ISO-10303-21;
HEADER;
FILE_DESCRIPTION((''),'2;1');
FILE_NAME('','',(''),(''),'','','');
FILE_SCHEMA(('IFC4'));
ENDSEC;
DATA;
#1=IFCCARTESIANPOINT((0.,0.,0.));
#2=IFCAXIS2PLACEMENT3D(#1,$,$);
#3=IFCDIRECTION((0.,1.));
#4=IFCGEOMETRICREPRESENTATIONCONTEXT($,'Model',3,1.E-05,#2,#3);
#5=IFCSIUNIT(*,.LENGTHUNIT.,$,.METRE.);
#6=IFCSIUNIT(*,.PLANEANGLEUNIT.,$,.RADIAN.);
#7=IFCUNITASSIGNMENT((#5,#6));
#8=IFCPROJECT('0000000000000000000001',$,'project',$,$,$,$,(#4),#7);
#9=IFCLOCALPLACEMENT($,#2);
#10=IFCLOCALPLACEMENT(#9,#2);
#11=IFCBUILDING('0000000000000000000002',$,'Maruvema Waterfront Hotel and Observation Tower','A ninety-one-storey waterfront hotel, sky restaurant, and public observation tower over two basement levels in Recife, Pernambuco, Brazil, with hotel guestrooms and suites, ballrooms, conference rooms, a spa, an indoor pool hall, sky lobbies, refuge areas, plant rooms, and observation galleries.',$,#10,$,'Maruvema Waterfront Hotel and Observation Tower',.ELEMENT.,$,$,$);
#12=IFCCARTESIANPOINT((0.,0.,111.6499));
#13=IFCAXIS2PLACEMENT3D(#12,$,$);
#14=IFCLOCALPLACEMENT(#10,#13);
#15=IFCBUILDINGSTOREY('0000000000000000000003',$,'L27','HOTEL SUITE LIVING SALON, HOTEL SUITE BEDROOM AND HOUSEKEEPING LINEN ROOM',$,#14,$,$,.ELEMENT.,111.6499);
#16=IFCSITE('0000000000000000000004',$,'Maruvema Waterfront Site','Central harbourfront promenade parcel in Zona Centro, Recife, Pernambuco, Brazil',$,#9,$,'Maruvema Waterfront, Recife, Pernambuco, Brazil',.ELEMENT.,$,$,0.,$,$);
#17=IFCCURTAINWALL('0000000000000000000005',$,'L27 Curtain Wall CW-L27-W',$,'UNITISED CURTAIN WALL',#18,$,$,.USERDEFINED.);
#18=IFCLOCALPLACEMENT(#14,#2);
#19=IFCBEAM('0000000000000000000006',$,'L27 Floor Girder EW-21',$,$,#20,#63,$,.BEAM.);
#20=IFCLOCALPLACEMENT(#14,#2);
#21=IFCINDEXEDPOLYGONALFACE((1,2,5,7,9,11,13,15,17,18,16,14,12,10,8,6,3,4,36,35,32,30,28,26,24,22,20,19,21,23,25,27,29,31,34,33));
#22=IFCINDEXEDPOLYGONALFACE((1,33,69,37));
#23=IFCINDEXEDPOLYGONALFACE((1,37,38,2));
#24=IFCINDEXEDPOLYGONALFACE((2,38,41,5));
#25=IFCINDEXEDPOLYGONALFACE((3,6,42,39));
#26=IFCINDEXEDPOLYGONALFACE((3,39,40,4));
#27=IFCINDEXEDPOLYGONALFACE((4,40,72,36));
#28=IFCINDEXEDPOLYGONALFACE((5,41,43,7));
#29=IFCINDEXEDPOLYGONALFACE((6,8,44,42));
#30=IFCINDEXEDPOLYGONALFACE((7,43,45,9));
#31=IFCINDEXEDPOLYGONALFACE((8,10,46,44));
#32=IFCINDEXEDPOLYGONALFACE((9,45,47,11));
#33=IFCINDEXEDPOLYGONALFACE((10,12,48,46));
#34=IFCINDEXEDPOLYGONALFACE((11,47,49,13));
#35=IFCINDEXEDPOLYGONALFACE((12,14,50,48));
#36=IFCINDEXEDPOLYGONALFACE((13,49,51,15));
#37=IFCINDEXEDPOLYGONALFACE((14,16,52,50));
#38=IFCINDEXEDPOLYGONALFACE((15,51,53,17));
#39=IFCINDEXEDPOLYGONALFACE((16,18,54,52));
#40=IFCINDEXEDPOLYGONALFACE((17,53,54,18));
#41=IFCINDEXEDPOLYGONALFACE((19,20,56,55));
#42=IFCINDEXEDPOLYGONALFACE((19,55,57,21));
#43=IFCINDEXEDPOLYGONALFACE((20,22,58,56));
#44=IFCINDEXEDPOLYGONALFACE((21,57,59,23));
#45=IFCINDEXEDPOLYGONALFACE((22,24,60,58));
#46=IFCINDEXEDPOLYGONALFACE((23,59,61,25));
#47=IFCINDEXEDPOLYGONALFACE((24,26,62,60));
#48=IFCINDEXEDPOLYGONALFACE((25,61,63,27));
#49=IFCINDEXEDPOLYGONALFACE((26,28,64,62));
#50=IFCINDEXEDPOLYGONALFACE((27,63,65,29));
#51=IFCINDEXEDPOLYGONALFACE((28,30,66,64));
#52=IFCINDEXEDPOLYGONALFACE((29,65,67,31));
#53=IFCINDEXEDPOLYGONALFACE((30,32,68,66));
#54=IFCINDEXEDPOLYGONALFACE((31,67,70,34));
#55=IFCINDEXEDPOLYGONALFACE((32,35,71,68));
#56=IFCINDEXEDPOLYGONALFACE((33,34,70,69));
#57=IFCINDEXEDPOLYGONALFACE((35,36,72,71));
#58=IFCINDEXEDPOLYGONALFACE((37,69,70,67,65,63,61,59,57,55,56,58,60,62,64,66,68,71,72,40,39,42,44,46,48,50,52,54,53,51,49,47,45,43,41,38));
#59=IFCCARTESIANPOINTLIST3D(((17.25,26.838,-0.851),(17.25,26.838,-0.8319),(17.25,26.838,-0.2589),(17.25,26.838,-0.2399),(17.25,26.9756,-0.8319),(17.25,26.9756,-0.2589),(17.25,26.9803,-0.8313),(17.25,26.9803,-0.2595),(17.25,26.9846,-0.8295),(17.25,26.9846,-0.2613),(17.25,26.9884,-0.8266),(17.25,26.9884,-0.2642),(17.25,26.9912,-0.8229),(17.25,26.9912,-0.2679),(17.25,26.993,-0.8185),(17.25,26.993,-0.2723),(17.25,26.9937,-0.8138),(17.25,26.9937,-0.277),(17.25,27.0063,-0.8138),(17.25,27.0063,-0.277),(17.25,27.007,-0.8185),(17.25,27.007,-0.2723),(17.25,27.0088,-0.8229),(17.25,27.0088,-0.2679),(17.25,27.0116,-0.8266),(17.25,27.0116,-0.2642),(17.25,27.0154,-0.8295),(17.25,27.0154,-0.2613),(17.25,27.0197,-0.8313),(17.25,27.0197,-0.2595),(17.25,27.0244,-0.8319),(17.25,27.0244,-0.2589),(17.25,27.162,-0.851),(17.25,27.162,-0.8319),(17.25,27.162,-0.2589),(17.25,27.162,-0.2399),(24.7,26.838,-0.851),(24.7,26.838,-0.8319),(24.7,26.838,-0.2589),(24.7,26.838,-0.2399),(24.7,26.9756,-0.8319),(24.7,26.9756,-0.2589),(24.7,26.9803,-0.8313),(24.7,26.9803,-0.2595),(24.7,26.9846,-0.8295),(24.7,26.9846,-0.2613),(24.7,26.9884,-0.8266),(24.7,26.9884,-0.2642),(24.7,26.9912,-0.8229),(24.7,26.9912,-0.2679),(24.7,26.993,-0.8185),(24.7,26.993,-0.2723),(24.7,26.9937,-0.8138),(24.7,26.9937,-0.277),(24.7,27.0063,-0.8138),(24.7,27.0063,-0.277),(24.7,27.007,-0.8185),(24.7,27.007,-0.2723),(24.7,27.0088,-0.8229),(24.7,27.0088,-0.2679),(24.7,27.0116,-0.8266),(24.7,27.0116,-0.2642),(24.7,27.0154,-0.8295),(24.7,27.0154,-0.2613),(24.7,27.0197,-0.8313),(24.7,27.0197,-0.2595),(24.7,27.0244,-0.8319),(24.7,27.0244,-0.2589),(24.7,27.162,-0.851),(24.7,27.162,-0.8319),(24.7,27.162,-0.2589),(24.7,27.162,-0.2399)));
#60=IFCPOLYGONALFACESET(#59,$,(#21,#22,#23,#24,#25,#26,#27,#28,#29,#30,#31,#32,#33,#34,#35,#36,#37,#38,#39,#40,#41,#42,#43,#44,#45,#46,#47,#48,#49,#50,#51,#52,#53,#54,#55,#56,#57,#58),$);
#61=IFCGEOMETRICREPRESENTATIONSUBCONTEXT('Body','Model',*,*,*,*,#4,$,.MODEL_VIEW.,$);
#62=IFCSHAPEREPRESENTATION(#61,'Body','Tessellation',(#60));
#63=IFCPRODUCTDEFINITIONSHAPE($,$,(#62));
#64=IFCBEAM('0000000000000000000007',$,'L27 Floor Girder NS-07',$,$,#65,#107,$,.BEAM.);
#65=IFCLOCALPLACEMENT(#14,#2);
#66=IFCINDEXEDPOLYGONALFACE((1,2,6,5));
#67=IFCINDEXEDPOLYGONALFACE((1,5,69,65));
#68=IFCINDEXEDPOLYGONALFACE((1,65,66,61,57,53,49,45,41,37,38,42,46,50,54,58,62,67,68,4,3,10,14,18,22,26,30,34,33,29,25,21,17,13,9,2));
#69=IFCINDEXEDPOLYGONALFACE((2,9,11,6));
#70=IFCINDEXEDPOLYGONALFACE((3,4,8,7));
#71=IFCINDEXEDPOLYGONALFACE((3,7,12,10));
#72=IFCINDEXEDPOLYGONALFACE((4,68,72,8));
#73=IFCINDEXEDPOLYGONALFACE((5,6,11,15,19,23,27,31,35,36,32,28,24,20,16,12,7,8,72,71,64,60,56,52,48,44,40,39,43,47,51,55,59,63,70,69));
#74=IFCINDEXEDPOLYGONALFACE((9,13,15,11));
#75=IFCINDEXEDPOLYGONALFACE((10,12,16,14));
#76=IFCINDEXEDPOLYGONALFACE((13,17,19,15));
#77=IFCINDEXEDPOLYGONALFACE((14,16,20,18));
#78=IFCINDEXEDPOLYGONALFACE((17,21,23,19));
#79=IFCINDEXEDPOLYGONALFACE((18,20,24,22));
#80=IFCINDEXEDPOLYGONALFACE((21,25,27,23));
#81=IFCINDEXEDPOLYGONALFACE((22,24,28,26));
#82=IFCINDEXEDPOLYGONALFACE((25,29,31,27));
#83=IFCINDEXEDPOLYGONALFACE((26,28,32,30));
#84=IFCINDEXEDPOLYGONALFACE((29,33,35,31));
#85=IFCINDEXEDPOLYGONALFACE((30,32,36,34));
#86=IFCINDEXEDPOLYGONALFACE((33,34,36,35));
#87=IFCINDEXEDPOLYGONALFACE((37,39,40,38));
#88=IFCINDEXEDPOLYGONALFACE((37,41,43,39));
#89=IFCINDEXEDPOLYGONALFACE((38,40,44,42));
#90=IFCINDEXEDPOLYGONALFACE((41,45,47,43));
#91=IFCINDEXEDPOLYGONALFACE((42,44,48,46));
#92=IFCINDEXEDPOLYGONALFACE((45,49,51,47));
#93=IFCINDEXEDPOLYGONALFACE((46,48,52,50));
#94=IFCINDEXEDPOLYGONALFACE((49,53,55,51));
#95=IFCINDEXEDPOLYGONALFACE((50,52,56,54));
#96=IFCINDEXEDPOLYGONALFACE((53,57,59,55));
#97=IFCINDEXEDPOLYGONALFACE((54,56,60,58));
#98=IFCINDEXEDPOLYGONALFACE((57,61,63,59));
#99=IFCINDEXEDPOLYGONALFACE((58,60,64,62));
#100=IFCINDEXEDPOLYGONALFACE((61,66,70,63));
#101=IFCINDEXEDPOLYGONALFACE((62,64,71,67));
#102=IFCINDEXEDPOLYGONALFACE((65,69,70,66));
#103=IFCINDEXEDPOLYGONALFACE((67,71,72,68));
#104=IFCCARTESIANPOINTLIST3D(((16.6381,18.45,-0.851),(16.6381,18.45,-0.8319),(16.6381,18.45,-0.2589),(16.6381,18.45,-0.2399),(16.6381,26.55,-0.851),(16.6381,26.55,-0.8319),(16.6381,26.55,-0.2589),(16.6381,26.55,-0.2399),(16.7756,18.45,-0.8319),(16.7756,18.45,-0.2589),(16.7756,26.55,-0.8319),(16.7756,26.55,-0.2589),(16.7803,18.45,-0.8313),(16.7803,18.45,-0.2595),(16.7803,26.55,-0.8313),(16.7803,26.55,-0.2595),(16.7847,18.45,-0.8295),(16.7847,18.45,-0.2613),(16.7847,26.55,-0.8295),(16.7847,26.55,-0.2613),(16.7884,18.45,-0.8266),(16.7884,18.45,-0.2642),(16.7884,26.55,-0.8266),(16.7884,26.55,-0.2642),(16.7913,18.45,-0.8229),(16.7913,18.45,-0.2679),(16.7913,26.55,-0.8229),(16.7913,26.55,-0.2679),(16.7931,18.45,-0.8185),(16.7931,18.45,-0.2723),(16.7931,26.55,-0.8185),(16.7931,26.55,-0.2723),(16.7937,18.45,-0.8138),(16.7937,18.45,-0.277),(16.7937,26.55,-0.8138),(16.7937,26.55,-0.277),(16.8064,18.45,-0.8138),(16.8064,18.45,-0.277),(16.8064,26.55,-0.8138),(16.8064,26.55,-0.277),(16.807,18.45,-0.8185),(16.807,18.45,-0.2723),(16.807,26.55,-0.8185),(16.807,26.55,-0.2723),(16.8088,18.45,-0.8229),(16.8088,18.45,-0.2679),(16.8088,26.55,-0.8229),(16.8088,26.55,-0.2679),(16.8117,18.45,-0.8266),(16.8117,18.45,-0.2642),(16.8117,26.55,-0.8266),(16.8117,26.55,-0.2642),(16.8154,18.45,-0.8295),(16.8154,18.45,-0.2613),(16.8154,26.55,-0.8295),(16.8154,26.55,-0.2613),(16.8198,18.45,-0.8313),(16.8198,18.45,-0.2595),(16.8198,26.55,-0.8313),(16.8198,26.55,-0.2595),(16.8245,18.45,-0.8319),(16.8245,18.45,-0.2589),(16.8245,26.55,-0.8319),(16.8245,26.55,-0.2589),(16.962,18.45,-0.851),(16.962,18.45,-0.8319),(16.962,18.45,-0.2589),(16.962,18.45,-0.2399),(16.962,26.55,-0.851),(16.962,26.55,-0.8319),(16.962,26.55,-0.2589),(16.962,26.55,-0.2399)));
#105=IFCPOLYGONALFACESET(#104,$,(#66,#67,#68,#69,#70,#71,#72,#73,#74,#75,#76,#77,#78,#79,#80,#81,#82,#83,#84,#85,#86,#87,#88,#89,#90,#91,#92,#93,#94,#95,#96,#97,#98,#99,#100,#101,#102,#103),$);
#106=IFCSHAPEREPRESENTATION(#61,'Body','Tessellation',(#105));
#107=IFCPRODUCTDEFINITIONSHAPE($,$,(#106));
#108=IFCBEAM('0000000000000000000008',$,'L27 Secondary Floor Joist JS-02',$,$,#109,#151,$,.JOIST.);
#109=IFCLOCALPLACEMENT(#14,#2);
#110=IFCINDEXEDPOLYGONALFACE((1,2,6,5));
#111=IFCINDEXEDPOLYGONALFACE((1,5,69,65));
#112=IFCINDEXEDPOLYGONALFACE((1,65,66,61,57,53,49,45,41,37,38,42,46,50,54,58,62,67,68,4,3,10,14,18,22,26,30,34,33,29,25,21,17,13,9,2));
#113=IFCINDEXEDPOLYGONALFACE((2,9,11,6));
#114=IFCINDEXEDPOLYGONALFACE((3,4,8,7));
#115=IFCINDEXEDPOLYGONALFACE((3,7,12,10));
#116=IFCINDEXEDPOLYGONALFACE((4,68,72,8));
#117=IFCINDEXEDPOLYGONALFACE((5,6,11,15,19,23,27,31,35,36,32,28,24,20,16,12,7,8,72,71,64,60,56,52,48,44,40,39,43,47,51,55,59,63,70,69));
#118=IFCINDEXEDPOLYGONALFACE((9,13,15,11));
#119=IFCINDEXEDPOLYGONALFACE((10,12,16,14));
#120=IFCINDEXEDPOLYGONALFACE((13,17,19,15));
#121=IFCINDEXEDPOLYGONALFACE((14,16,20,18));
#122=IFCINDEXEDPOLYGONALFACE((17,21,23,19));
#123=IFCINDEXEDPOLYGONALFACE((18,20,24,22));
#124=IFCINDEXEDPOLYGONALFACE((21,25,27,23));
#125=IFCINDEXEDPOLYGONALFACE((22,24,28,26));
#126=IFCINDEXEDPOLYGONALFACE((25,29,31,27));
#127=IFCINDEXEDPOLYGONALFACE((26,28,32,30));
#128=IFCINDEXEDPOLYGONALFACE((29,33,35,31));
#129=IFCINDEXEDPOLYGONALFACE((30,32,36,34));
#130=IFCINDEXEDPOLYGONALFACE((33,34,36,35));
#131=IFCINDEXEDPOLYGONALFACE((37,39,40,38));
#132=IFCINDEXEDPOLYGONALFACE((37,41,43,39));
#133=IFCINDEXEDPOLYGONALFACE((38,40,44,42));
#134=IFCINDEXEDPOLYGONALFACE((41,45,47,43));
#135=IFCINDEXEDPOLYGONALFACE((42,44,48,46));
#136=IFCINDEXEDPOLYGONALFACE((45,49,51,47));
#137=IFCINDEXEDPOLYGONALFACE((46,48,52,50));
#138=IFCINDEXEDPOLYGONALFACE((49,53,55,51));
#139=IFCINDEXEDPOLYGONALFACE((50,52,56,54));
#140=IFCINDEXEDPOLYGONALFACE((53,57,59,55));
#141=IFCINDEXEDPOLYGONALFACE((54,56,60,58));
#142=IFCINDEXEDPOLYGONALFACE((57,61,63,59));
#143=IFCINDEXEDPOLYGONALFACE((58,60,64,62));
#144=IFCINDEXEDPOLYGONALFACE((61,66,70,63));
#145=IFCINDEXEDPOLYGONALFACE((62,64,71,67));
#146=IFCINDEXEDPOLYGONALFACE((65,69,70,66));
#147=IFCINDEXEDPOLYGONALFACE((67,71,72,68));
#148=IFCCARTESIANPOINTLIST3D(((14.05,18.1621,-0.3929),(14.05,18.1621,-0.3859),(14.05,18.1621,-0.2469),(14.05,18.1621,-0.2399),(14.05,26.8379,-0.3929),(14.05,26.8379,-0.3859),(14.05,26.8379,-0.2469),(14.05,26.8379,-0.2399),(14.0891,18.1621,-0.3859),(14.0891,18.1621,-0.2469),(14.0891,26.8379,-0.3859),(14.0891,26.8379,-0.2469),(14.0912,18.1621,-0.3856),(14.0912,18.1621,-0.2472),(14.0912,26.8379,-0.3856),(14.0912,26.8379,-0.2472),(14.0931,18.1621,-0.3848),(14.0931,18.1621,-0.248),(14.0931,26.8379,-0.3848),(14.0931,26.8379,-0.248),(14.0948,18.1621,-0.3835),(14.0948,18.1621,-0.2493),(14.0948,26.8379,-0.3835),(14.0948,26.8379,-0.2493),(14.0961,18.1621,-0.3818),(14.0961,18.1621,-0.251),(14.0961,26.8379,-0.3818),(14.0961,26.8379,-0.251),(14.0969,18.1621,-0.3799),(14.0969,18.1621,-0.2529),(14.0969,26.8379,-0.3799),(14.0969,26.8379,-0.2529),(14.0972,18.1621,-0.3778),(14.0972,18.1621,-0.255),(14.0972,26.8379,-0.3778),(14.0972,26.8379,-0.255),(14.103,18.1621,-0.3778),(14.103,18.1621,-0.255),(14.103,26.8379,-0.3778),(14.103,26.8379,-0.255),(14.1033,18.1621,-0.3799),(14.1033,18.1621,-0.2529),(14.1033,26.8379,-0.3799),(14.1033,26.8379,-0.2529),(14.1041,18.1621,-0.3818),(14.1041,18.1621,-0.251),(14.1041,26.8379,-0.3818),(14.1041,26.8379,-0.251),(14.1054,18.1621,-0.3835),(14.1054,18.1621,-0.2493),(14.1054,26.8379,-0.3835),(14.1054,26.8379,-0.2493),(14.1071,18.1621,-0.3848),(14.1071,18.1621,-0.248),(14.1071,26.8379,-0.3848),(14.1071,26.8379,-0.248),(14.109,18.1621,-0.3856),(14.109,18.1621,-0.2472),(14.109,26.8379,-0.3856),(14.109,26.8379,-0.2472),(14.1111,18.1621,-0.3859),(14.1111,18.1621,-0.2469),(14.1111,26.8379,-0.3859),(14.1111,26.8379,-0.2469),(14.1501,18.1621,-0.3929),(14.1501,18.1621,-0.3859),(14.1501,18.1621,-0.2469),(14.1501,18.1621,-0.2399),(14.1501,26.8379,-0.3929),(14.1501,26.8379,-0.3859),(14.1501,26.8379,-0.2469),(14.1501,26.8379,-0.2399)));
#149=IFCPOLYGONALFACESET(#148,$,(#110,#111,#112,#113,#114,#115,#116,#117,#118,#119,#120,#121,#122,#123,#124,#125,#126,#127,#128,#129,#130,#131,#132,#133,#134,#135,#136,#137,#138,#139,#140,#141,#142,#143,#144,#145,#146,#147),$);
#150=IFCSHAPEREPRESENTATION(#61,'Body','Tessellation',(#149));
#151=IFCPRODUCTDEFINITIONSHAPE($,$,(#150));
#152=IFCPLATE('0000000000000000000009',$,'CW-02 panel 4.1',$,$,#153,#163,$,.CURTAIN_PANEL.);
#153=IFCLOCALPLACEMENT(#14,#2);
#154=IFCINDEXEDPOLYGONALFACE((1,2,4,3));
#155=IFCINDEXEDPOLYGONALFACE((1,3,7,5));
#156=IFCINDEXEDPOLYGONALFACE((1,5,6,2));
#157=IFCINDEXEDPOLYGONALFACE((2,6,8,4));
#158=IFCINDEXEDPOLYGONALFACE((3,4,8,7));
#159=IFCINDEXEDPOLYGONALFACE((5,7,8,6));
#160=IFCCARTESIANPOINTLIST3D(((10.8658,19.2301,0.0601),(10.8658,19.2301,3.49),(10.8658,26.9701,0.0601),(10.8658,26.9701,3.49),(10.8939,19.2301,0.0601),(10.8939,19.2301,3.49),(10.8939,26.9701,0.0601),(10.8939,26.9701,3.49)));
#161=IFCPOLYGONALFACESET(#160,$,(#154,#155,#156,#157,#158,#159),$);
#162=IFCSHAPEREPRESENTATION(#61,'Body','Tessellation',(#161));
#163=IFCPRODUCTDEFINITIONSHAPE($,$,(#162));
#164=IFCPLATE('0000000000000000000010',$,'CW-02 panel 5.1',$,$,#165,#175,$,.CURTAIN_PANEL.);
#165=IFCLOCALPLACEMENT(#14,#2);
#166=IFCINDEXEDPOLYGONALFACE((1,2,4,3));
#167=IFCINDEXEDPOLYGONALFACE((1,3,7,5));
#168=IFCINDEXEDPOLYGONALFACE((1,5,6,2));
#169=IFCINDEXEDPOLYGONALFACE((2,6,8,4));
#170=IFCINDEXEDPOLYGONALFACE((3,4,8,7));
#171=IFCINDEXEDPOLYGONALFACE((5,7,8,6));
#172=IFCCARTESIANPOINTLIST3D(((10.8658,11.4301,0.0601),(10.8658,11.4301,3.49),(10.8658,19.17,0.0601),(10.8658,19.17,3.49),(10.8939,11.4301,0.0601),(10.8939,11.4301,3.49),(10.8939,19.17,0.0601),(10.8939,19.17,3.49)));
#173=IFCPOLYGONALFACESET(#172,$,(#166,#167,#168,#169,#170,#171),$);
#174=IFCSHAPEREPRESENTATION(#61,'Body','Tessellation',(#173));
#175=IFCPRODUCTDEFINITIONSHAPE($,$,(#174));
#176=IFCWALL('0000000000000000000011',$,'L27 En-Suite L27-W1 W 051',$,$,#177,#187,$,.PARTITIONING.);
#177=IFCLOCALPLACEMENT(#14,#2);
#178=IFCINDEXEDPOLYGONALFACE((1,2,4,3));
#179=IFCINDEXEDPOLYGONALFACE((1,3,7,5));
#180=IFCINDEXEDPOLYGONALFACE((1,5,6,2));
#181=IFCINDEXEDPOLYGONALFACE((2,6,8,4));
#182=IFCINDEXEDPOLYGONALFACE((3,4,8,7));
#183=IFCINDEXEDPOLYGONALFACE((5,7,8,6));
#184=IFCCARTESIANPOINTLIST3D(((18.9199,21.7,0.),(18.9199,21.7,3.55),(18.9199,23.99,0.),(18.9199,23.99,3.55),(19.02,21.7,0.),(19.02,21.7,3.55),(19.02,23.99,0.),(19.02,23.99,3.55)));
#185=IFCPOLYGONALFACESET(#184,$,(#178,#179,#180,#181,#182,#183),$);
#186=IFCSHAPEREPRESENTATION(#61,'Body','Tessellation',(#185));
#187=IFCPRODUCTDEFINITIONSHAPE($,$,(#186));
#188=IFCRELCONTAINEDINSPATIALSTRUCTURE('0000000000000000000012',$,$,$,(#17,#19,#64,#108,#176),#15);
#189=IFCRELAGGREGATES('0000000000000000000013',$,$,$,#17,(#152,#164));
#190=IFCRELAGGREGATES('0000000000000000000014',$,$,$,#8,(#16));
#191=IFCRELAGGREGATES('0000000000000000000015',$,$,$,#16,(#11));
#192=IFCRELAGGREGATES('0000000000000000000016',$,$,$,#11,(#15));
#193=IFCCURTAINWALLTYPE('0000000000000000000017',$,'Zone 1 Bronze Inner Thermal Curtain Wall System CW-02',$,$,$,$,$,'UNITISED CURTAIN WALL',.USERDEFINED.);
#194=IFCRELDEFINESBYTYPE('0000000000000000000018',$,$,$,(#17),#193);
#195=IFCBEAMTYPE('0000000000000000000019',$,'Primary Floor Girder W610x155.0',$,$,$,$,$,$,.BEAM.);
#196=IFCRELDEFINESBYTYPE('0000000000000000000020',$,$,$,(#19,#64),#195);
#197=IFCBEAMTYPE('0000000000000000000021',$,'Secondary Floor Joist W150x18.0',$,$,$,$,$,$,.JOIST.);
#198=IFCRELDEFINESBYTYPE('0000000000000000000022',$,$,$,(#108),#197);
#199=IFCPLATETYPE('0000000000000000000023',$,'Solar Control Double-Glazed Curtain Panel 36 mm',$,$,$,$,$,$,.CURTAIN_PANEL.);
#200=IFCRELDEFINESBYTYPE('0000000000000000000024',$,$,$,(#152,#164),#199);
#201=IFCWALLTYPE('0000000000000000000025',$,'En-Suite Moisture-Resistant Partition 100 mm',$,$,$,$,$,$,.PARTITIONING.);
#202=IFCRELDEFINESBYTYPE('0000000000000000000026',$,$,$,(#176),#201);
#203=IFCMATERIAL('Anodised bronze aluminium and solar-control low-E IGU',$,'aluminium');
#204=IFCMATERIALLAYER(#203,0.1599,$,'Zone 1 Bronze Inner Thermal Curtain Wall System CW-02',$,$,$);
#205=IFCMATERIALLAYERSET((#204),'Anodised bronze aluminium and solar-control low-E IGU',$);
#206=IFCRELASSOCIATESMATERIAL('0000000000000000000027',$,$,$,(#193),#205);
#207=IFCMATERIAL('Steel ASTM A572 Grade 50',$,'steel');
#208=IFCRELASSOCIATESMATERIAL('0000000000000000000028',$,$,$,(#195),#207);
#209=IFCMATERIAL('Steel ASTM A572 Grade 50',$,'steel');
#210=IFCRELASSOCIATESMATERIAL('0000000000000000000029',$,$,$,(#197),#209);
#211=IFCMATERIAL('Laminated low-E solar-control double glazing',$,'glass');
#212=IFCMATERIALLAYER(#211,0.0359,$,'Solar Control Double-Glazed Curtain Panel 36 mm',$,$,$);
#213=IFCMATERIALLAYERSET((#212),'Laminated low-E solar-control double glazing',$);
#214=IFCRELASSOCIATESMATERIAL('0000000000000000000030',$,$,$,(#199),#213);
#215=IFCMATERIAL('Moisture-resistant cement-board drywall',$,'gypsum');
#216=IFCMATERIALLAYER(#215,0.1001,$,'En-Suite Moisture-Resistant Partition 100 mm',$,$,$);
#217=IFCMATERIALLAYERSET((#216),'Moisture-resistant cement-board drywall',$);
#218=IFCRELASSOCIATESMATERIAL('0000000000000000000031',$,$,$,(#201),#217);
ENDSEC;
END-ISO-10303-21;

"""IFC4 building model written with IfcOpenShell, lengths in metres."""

from ifc_helpers import new_model, si_unit, direction, frame, frame_2d, origin, origin_2d, place, context, subcontext, project, spatial, rectangle, i_section, extrude, material, layer, layer_set, material_profile, profile_set, type_object, element, aggregate, save


model = new_model("IFC4")

# Units and contexts
model_context = context("Model", 3, precision=1e-05, world=origin(), true_north=direction((0.0, 1.0)))
body_context = subcontext(model_context, "Body", "Model", "MODEL_VIEW")
ifc_project = project(units=[si_unit("LENGTHUNIT", "METRE"), si_unit("PLANEANGLEUNIT", "RADIAN")], contexts=[model_context])

# Site, building, storey
site_placement = place(None, origin())
site = spatial("IfcSite", under=ifc_project, at=site_placement, Name="Maruvema Waterfront Site", Description="Central harbourfront promenade parcel in Zona Centro, Recife, Pernambuco, Brazil", LongName="Maruvema Waterfront, Recife, Pernambuco, Brazil", CompositionType="ELEMENT", RefElevation=0.0)
building_placement = place(site_placement, origin())
building = spatial("IfcBuilding", under=site, at=building_placement, Name="Maruvema Waterfront Hotel and Observation Tower", Description="A ninety-one-storey waterfront hotel, sky restaurant, and public observation tower over two basement levels in Recife, Pernambuco, Brazil, with hotel guestrooms and suites, ballrooms, conference rooms, a spa, an indoor pool hall, sky lobbies, refuge areas, plant rooms, and observation galleries.", LongName="Maruvema Waterfront Hotel and Observation Tower", CompositionType="ELEMENT")
storey_placement = place(building_placement, frame((0.0, 0.0, 111.6499)))
storey = spatial("IfcBuildingStorey", under=building, at=storey_placement, Name="L27", Description="HOTEL SUITE LIVING SALON, HOTEL SUITE BEDROOM AND HOUSEKEEPING LINEN ROOM", CompositionType="ELEMENT", Elevation=111.6499)

# Curtain wall
ifc_material_1 = material(Name="Anodised bronze aluminium and solar-control low-E IGU", Category="aluminium")
ifc_layer_1 = layer(ifc_material_1, 0.1599, Name="Zone 1 Bronze Inner Thermal Curtain Wall System CW-02")
ifc_layer_set_1 = layer_set([ifc_layer_1], Name="Anodised bronze aluminium and solar-control low-E IGU")
curtain_wall_type = type_object("IfcCurtainWallType", Name="Zone 1 Bronze Inner Thermal Curtain Wall System CW-02", ElementType="UNITISED CURTAIN WALL", PredefinedType="USERDEFINED", material=ifc_layer_set_1)
curtain_wall_placement = place(storey_placement, origin())
curtain_wall = element("IfcCurtainWall", 1, at=curtain_wall_placement, inside=storey, type_object=curtain_wall_type, Name="L27 Curtain Wall CW-L27-W", ObjectType="UNITISED CURTAIN WALL", PredefinedType="USERDEFINED")

# Beams
ifc_material_2 = material(Name="Steel ASTM A572 Grade 50", Category="steel")
ifc_material_profile_1 = material_profile(ifc_material_2, i_section(OverallWidth=0.324, OverallDepth=0.6111, WebThickness=0.0127, FlangeThickness=0.019, FilletRadius=0.0181, at=origin_2d()), Name="W610x155.0")
ifc_profile_set_1 = profile_set([ifc_material_profile_1], Name="Steel ASTM A572 Grade 50")
beam_type_1 = type_object("IfcBeamType", Name="Primary Floor Girder W610x155.0", PredefinedType="BEAM", material=ifc_profile_set_1)
beam_1_placement = place(storey_placement, frame((17.25, 27.0, -0.5454), z_axis=(1.0, 0.0, 0.0), x_axis=(0.0, 1.0, 0.0)))
element("IfcBeam", 2, at=beam_1_placement, inside=storey, type_object=beam_type_1, Name="L27 Floor Girder EW-21", PredefinedType="BEAM", context=body_context, shape_type="SweptSolid", body=[
    extrude(i_section(OverallWidth=0.324, OverallDepth=0.6111, WebThickness=0.0127, FlangeThickness=0.019, FilletRadius=0.0181, at=origin_2d()), origin(), (0.0, 0.0, 1.0), 7.45),
])
beam_2_placement = place(storey_placement, frame((16.8, 18.45, -0.5454), z_axis=(0.0, 1.0, 0.0), x_axis=(-1.0, 0.0, 0.0)))
element("IfcBeam", 3, at=beam_2_placement, inside=storey, type_object=beam_type_1, Name="L27 Floor Girder NS-07", PredefinedType="BEAM", context=body_context, shape_type="SweptSolid", body=[
    extrude(i_section(OverallWidth=0.324, OverallDepth=0.6111, WebThickness=0.0127, FlangeThickness=0.019, FilletRadius=0.0181, at=origin_2d()), origin(), (0.0, 0.0, 1.0), 8.1001),
])
ifc_material_3 = material(Name="Steel ASTM A572 Grade 50", Category="steel")
ifc_material_profile_2 = material_profile(ifc_material_3, i_section(OverallWidth=0.1001, OverallDepth=0.1531, WebThickness=0.0059, FlangeThickness=0.0071, FilletRadius=0.0081, at=origin_2d()), Name="W150x18.0")
ifc_profile_set_2 = profile_set([ifc_material_profile_2], Name="Steel ASTM A572 Grade 50")
beam_type_2 = type_object("IfcBeamType", Name="Secondary Floor Joist W150x18.0", PredefinedType="JOIST", material=ifc_profile_set_2)
beam_3_placement = place(storey_placement, frame((14.1001, 18.1621, -0.3164), z_axis=(0.0, 1.0, 0.0), x_axis=(-1.0, 0.0, 0.0)))
element("IfcBeam", 4, at=beam_3_placement, inside=storey, type_object=beam_type_2, Name="L27 Secondary Floor Joist JS-02", PredefinedType="JOIST", context=body_context, shape_type="SweptSolid", body=[
    extrude(i_section(OverallWidth=0.1001, OverallDepth=0.1531, WebThickness=0.0059, FlangeThickness=0.0071, FilletRadius=0.0081, at=origin_2d()), origin(), (0.0, 0.0, 1.0), 8.6758),
])

# Plates
ifc_material_4 = material(Name="Laminated low-E solar-control double glazing", Category="glass")
ifc_layer_2 = layer(ifc_material_4, 0.0359, Name="Solar Control Double-Glazed Curtain Panel 36 mm")
ifc_layer_set_2 = layer_set([ifc_layer_2], Name="Laminated low-E solar-control double glazing")
plate_type = type_object("IfcPlateType", Name="Solar Control Double-Glazed Curtain Panel 36 mm", PredefinedType="CURTAIN_PANEL", material=ifc_layer_set_2)
plate_1_placement = place(storey_placement, frame((10.8799, 23.1001, 0.0601), z_axis=(0.0, 0.0, 1.0), x_axis=(0.0, -1.0, 0.0)))
plate_1 = element("IfcPlate", 5, at=plate_1_placement, type_object=plate_type, Name="CW-02 panel 4.1", PredefinedType="CURTAIN_PANEL", context=body_context, shape_type="SweptSolid", body=[
    extrude(rectangle(XDim=7.74, YDim=0.0281, at=origin_2d()), origin(), (0.0, 0.0, 1.0), 3.4299),
])
plate_2_placement = place(storey_placement, frame((10.8799, 15.3, 0.0601), z_axis=(0.0, 0.0, 1.0), x_axis=(0.0, -1.0, 0.0)))
plate_2 = element("IfcPlate", 6, at=plate_2_placement, type_object=plate_type, Name="CW-02 panel 5.1", PredefinedType="CURTAIN_PANEL", context=body_context, shape_type="SweptSolid", body=[
    extrude(rectangle(XDim=7.74, YDim=0.0281, at=origin_2d()), origin(), (0.0, 0.0, 1.0), 3.4299),
])
aggregate(curtain_wall, [plate_1, plate_2])

# Wall
ifc_material_5 = material(Name="Moisture-resistant cement-board drywall", Category="gypsum")
ifc_layer_3 = layer(ifc_material_5, 0.1001, Name="En-Suite Moisture-Resistant Partition 100 mm")
ifc_layer_set_3 = layer_set([ifc_layer_3], Name="Moisture-resistant cement-board drywall")
wall_type_1 = type_object("IfcWallType", Name="En-Suite Moisture-Resistant Partition 100 mm", PredefinedType="PARTITIONING", material=ifc_layer_set_3)
wall_1_placement = place(storey_placement, frame((18.97, 21.7, 0.0), z_axis=(0.0, 0.0, 1.0), x_axis=(0.0, 1.0, 0.0)))
element("IfcWall", 7, at=wall_1_placement, inside=storey, type_object=wall_type_1, Name="L27 En-Suite L27-W1 W 051", PredefinedType="PARTITIONING", context=body_context, shape_type="SweptSolid", body=[
    extrude(rectangle(XDim=2.29, YDim=0.1001, at=frame_2d((1.145, 0.0))), origin(), (0.0, 0.0, 1.0), 3.55),
])

save(model, "model.ifc")
